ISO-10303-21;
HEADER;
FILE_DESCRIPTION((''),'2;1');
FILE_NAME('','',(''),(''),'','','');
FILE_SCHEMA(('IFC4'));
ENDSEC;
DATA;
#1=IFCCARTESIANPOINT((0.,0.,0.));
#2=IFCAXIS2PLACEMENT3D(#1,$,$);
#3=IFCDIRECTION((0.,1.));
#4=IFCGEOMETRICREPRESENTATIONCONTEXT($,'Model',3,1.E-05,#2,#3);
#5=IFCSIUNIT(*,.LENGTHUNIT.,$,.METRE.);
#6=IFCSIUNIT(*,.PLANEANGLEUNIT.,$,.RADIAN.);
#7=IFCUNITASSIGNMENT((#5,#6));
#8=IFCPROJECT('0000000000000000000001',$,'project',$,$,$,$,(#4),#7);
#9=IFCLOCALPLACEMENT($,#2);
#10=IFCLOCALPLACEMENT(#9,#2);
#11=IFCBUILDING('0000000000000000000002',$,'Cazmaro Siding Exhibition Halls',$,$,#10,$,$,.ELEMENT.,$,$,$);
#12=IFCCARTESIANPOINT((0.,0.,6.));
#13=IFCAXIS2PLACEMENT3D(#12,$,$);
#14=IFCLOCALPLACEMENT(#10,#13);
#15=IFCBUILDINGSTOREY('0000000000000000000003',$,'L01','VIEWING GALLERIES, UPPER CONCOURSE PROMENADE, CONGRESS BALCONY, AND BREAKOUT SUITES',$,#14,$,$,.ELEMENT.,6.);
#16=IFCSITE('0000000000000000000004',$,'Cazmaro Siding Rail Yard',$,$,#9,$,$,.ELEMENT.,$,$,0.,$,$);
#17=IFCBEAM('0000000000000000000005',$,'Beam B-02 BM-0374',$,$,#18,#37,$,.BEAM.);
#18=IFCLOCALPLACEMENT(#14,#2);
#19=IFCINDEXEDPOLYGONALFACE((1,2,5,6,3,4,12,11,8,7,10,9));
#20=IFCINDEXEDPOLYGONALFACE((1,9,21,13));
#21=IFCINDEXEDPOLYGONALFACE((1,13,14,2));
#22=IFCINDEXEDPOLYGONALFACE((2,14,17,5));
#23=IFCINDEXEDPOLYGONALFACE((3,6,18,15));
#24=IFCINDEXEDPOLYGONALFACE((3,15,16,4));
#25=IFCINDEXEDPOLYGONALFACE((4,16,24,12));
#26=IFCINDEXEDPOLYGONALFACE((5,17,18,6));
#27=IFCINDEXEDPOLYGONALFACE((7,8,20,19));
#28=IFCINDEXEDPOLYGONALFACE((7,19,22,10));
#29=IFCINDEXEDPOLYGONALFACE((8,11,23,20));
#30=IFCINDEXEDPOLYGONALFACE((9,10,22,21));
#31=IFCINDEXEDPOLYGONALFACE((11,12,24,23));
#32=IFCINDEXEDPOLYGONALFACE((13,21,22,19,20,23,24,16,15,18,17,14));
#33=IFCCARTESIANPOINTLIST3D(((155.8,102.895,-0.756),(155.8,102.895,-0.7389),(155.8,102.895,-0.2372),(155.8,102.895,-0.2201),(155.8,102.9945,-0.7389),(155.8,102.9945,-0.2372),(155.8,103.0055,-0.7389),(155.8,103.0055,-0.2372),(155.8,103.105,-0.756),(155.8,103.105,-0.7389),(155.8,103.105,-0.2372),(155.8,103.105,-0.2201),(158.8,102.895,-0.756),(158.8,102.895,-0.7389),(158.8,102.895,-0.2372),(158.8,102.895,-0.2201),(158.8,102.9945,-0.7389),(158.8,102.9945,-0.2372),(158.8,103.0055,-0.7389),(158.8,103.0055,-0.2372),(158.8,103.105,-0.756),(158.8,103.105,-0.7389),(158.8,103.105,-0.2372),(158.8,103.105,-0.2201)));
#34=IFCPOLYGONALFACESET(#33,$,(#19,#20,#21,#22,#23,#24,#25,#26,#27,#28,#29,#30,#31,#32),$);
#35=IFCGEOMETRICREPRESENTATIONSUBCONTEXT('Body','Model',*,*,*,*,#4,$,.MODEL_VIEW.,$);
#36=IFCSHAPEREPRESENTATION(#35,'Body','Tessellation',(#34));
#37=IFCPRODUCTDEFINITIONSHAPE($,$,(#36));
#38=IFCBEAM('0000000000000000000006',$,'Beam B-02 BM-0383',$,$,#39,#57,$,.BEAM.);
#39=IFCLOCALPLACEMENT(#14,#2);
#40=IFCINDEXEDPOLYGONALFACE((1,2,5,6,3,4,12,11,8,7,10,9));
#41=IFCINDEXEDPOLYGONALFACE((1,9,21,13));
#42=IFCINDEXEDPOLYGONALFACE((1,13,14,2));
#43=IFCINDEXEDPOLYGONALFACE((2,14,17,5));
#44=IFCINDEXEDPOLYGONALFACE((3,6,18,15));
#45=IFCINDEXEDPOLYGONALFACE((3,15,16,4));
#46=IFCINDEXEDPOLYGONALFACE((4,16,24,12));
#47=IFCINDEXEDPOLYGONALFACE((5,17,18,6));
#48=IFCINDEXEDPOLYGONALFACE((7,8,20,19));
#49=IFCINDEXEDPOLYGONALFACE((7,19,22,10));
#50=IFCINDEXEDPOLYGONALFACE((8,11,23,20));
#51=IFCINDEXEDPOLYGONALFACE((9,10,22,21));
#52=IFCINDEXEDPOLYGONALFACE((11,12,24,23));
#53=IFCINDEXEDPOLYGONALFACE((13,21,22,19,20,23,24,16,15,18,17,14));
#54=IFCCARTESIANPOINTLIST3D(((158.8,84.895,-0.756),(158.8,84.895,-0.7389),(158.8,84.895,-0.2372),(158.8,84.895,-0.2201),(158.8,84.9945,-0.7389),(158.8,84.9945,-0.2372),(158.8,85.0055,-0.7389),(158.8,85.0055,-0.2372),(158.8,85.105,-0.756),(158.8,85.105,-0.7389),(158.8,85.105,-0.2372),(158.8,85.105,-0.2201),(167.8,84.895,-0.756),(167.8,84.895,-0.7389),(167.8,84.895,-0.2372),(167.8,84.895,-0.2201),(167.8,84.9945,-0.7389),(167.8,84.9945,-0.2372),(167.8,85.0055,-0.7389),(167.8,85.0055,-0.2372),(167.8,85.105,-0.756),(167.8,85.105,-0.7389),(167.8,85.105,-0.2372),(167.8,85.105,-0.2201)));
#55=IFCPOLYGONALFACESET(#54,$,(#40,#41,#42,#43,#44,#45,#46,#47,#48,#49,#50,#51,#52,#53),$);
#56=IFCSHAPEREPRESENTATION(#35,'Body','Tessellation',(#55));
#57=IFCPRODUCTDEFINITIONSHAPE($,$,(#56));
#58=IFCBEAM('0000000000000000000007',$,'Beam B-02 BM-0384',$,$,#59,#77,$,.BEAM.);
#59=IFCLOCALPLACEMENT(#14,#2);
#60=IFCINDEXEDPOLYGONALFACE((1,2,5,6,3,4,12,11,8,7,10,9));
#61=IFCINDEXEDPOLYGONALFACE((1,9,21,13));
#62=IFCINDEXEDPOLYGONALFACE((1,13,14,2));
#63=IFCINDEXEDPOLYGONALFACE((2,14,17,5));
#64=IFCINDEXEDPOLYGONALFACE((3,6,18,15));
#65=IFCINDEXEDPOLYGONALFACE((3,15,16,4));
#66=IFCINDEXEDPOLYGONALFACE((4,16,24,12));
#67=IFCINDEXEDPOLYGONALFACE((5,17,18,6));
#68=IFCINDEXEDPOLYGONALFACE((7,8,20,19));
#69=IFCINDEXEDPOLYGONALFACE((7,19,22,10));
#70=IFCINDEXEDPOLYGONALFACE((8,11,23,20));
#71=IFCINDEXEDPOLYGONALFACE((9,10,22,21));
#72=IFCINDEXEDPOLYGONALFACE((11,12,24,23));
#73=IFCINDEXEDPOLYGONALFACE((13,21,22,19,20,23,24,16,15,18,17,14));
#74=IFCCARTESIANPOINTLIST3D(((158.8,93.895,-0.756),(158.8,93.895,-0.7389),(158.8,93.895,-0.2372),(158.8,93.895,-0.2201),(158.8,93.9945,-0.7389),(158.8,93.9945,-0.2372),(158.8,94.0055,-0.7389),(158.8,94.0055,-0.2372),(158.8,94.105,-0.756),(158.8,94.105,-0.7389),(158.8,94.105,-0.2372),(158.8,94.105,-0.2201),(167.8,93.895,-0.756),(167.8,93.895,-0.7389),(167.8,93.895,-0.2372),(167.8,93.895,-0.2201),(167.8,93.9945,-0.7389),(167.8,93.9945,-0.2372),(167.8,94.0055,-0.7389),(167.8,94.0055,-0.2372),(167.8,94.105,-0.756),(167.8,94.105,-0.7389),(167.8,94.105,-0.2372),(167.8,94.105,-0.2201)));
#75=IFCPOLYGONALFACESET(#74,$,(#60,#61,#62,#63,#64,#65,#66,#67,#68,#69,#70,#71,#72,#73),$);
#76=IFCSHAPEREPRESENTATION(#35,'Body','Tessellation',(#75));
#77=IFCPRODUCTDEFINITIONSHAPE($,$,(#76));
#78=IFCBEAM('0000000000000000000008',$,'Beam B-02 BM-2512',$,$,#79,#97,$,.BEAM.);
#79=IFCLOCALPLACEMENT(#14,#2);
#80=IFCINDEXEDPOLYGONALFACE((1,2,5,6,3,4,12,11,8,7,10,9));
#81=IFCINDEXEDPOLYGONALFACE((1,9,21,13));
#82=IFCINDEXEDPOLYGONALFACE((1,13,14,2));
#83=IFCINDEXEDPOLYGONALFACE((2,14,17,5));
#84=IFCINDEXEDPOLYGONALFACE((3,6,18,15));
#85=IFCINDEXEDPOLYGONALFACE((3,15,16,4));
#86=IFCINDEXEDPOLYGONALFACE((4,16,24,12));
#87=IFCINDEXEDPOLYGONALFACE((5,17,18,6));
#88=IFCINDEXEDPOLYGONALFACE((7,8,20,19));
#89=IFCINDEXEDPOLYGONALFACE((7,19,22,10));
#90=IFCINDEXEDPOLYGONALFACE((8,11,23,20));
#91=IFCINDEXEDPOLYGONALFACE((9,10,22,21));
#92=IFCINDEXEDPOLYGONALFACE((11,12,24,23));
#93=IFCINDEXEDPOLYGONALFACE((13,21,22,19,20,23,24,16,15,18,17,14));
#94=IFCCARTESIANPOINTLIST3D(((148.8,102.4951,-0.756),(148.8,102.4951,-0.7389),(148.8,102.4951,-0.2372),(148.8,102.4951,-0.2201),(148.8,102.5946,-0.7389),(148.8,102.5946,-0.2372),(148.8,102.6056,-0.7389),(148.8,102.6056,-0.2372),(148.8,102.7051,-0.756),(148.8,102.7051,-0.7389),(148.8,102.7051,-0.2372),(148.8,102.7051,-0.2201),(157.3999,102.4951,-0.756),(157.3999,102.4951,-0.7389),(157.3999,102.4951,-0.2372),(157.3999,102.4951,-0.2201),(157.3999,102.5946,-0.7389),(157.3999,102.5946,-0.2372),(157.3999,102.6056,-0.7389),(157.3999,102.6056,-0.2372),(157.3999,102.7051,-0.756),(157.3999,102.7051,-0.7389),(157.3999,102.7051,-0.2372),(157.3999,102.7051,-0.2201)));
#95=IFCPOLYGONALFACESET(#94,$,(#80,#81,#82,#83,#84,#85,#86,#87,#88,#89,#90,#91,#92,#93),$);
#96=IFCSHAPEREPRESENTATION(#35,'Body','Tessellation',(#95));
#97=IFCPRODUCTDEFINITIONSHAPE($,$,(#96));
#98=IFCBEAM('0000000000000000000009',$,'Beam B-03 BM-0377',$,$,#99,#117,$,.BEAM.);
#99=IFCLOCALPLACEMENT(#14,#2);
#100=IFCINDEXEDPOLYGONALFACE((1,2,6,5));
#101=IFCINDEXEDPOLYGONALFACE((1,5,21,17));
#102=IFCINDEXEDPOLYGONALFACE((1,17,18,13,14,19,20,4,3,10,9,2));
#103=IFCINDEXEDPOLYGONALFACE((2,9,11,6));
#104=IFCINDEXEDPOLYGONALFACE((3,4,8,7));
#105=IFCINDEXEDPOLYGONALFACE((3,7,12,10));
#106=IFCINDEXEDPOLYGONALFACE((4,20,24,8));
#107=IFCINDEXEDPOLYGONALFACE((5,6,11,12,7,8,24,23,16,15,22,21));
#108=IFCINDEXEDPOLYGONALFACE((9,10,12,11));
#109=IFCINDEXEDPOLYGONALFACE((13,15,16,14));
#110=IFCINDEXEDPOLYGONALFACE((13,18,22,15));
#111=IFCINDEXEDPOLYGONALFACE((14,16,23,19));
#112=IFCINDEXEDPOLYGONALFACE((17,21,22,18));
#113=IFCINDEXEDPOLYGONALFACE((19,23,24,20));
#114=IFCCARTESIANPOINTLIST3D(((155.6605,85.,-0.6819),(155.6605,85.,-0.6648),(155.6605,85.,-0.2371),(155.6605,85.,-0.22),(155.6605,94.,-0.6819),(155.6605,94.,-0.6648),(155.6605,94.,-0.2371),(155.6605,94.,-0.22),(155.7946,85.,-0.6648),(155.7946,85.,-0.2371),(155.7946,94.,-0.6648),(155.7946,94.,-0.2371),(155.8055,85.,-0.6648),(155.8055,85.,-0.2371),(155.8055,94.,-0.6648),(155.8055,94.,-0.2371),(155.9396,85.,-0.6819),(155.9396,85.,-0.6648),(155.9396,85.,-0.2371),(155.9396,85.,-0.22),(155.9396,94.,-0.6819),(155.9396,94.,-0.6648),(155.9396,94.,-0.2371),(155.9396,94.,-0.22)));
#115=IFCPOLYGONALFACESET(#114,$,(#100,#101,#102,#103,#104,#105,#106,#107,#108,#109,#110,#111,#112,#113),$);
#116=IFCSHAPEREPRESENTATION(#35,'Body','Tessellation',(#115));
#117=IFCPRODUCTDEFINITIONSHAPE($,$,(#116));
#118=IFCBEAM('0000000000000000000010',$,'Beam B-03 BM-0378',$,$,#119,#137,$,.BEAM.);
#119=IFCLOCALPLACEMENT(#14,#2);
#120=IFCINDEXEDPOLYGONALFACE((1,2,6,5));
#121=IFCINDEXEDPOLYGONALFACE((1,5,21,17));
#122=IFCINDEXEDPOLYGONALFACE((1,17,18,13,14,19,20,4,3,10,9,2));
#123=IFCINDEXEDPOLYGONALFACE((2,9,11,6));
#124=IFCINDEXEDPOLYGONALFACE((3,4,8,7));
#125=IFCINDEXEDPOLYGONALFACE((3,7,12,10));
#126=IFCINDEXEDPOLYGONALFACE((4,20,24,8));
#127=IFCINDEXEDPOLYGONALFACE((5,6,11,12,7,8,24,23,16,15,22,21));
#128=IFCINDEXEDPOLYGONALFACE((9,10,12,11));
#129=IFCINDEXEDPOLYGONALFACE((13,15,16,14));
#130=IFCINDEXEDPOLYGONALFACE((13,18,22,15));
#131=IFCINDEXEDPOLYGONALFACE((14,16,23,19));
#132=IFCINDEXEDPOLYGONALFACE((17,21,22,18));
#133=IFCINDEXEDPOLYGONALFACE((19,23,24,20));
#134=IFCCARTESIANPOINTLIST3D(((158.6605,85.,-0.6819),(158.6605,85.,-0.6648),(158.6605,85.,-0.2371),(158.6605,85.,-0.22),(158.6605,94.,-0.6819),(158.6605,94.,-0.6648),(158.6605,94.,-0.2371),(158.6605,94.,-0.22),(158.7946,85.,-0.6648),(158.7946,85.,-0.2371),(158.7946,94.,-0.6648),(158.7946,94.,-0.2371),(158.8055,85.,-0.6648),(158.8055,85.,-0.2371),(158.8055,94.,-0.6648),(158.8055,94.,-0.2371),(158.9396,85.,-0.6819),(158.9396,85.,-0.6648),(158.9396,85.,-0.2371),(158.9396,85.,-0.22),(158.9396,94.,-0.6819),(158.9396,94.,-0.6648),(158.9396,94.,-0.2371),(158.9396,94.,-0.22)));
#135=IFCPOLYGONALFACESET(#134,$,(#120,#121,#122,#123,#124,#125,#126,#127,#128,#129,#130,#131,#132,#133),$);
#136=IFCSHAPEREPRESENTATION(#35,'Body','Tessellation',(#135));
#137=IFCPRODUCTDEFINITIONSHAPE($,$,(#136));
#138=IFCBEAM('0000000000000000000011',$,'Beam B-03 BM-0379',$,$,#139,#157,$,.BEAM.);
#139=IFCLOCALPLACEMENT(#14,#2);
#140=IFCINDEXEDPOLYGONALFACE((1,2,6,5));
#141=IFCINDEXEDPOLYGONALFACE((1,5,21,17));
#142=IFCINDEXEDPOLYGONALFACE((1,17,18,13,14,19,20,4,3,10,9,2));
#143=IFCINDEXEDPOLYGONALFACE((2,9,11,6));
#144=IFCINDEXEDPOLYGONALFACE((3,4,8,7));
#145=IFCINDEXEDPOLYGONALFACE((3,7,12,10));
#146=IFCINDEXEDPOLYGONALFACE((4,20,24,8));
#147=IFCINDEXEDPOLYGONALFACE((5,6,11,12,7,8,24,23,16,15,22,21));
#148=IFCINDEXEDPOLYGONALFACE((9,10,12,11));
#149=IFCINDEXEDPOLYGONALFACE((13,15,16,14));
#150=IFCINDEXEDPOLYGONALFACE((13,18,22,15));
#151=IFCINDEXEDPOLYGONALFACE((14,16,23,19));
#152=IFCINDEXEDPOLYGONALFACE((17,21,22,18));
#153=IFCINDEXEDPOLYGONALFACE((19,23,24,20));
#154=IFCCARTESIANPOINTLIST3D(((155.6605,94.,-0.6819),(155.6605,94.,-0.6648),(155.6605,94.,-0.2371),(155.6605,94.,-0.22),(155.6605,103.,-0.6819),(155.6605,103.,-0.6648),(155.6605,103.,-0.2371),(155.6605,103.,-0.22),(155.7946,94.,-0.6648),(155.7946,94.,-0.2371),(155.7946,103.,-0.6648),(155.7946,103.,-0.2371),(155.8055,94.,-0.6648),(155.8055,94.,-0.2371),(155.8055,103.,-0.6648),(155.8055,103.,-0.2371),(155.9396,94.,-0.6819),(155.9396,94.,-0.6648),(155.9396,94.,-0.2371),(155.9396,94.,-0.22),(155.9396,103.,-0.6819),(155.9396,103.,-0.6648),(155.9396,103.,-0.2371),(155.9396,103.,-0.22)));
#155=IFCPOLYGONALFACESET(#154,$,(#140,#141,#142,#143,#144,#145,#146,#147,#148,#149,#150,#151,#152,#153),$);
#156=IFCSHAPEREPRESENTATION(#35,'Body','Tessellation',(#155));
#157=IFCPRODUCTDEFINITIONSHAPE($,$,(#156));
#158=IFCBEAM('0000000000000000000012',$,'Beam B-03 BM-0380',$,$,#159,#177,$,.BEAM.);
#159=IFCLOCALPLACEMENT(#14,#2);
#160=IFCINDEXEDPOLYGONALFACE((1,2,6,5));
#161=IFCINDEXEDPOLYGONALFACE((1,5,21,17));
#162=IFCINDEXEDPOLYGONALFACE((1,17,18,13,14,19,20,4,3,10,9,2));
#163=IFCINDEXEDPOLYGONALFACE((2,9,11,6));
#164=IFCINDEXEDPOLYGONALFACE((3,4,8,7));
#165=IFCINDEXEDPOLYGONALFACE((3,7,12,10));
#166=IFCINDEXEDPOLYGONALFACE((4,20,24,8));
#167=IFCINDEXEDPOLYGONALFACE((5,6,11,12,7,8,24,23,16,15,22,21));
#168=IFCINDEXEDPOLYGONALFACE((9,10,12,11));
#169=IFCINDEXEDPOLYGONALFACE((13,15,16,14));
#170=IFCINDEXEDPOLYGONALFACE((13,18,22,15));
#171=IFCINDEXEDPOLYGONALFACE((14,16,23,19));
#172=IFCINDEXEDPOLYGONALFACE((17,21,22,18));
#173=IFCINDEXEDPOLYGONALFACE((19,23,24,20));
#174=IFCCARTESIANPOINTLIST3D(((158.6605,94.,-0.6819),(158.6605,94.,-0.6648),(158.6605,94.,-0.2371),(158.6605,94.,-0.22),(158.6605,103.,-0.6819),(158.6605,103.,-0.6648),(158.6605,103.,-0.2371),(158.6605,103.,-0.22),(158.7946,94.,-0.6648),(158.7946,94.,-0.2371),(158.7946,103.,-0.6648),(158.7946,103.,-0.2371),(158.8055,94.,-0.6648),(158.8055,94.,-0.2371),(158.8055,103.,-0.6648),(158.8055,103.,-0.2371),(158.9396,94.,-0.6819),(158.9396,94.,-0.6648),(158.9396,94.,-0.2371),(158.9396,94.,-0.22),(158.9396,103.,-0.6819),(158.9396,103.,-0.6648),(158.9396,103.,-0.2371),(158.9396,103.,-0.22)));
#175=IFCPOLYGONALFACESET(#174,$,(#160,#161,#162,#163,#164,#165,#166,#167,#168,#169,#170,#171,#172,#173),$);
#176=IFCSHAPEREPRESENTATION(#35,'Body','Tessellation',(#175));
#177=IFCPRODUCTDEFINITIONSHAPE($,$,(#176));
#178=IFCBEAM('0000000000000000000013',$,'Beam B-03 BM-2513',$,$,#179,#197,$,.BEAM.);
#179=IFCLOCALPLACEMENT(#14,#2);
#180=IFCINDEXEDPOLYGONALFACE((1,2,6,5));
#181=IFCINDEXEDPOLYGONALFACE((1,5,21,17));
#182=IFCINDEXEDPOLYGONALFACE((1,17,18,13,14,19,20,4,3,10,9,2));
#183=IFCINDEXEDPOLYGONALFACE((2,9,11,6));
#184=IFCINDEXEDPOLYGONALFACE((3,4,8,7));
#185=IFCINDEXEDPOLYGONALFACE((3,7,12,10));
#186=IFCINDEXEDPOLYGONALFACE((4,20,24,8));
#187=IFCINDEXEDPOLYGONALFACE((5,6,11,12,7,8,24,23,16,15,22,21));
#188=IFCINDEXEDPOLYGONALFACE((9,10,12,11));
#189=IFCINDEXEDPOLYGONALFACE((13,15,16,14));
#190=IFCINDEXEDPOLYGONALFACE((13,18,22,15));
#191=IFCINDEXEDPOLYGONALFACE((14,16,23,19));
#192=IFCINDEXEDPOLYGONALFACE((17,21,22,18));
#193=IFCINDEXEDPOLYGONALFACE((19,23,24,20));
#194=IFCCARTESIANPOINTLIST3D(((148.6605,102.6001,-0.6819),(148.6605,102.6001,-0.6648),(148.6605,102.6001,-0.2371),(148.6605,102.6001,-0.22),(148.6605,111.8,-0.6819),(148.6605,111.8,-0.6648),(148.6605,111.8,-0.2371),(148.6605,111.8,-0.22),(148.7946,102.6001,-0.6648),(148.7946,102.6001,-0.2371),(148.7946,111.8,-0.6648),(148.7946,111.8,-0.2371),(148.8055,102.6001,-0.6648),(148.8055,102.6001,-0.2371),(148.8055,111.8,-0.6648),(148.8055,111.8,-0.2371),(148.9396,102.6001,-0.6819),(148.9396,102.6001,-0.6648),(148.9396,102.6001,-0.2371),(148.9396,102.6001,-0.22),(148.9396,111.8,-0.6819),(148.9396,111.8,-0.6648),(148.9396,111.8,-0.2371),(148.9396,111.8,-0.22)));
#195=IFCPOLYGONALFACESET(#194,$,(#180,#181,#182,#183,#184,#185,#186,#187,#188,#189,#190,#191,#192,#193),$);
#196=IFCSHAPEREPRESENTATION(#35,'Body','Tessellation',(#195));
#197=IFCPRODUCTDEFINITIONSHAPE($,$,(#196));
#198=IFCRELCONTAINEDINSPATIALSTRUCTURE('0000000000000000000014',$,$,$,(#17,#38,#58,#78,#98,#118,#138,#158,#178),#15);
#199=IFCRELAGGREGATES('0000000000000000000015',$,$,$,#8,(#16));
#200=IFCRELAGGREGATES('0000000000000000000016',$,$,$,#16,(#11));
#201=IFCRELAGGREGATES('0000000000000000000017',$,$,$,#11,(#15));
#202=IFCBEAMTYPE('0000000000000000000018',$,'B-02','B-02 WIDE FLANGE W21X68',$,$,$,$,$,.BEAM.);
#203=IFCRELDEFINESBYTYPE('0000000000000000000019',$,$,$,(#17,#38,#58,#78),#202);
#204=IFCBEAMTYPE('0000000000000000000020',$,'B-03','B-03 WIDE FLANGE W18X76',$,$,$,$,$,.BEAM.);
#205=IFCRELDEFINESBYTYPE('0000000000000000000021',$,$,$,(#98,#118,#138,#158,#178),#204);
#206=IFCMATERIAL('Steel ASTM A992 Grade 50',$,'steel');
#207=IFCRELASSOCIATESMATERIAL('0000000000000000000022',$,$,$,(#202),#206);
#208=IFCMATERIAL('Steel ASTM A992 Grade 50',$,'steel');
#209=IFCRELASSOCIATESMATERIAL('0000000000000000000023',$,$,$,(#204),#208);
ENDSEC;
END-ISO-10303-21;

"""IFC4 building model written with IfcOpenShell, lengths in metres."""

from ifc_helpers import new_model, si_unit, direction, frame, origin, origin_2d, place, context, subcontext, project, spatial, i_section, extrude, material, material_profile, profile_set, type_object, element, save


model = new_model("IFC4")

# Units and contexts
model_context = context("Model", 3, precision=1e-05, world=origin(), true_north=direction((0.0, 1.0)))
body_context = subcontext(model_context, "Body", "Model", "MODEL_VIEW")
ifc_project = project(units=[si_unit("LENGTHUNIT", "METRE"), si_unit("PLANEANGLEUNIT", "RADIAN")], contexts=[model_context])

# Site, building, storey
site_placement = place(None, origin())
site = spatial("IfcSite", under=ifc_project, at=site_placement, Name="Cazmaro Siding Rail Yard", CompositionType="ELEMENT", RefElevation=0.0)
building_placement = place(site_placement, origin())
building = spatial("IfcBuilding", under=site, at=building_placement, Name="Cazmaro Siding Exhibition Halls", CompositionType="ELEMENT")
storey_placement = place(building_placement, frame((0.0, 0.0, 6.0)))
storey = spatial("IfcBuildingStorey", under=building, at=storey_placement, Name="L01", Description="VIEWING GALLERIES, UPPER CONCOURSE PROMENADE, CONGRESS BALCONY, AND BREAKOUT SUITES", CompositionType="ELEMENT", Elevation=6.0)

# Beams
ifc_material_1 = material(Name="Steel ASTM A992 Grade 50", Category="steel")
ifc_material_profile_1 = material_profile(ifc_material_1, i_section(OverallWidth=0.21, OverallDepth=0.5359, WebThickness=0.011, FlangeThickness=0.0171, at=origin_2d()), Name="W21X68")
ifc_profile_set_1 = profile_set([ifc_material_profile_1], Name="Steel ASTM A992 Grade 50")
beam_type_1 = type_object("IfcBeamType", Name="B-02", Description="B-02 WIDE FLANGE W21X68", PredefinedType="BEAM", material=ifc_profile_set_1)
for number, where, z_axis, x_axis, name in (
    (1, (155.8, 103.0, -0.488), (1.0, 0.0, 0.0), (0.0, 1.0, 0.0), "Beam B-02 BM-0374"),
):
    element("IfcBeam", number, at=place(storey_placement, frame(where, z_axis=z_axis, x_axis=x_axis)), inside=storey, type_object=beam_type_1, Name=name, PredefinedType="BEAM", context=body_context, shape_type="SweptSolid", body=[
        extrude(i_section(OverallWidth=0.21, OverallDepth=0.5359, WebThickness=0.011, FlangeThickness=0.0171, at=origin_2d()), origin(), (0.0, 0.0, 1.0), 3.0),
    ])
for number, where, z_axis, x_axis, name in (
    (2, (158.8, 85.0, -0.488), (1.0, 0.0, 0.0), (0.0, 1.0, 0.0), "Beam B-02 BM-0383"),
    (3, (158.8, 94.0, -0.488), (1.0, 0.0, 0.0), (0.0, 1.0, 0.0), "Beam B-02 BM-0384"),
):
    element("IfcBeam", number, at=place(storey_placement, frame(where, z_axis=z_axis, x_axis=x_axis)), inside=storey, type_object=beam_type_1, Name=name, PredefinedType="BEAM", context=body_context, shape_type="SweptSolid", body=[
        extrude(i_section(OverallWidth=0.21, OverallDepth=0.5359, WebThickness=0.011, FlangeThickness=0.0171, at=origin_2d()), origin(), (0.0, 0.0, 1.0), 9.0),
    ])
beam_placement = place(storey_placement, frame((148.8, 102.6001, -0.488), z_axis=(1.0, 0.0, 0.0), x_axis=(0.0, 1.0, 0.0)))
element("IfcBeam", 4, at=beam_placement, inside=storey, type_object=beam_type_1, Name="Beam B-02 BM-2512", PredefinedType="BEAM", context=body_context, shape_type="SweptSolid", body=[
    extrude(i_section(OverallWidth=0.21, OverallDepth=0.5359, WebThickness=0.011, FlangeThickness=0.0171, at=origin_2d()), origin(), (0.0, 0.0, 1.0), 8.5999),
])
ifc_material_2 = material(Name="Steel ASTM A992 Grade 50", Category="steel")
ifc_material_profile_2 = material_profile(ifc_material_2, i_section(OverallWidth=0.2791, OverallDepth=0.4619, WebThickness=0.011, FlangeThickness=0.0171, at=origin_2d()), Name="W18X76")
ifc_profile_set_2 = profile_set([ifc_material_profile_2], Name="Steel ASTM A992 Grade 50")
beam_type_2 = type_object("IfcBeamType", Name="B-03", Description="B-03 WIDE FLANGE W18X76", PredefinedType="BEAM", material=ifc_profile_set_2)
for number, where, z_axis, x_axis, name in (
    (5, (155.8, 85.0, -0.4509), (0.0, 1.0, 0.0), (-1.0, 0.0, 0.0), "Beam B-03 BM-0377"),
    (6, (158.8, 85.0, -0.4509), (0.0, 1.0, 0.0), (-1.0, 0.0, 0.0), "Beam B-03 BM-0378"),
    (7, (155.8, 94.0, -0.4509), (0.0, 1.0, 0.0), (-1.0, 0.0, 0.0), "Beam B-03 BM-0379"),
    (8, (158.8, 94.0, -0.4509), (0.0, 1.0, 0.0), (-1.0, 0.0, 0.0), "Beam B-03 BM-0380"),
):
    element("IfcBeam", number, at=place(storey_placement, frame(where, z_axis=z_axis, x_axis=x_axis)), inside=storey, type_object=beam_type_2, Name=name, PredefinedType="BEAM", context=body_context, shape_type="SweptSolid", body=[
        extrude(i_section(OverallWidth=0.2791, OverallDepth=0.4619, WebThickness=0.011, FlangeThickness=0.0171, at=origin_2d()), origin(), (0.0, 0.0, 1.0), 9.0),
    ])
for number, where, z_axis, x_axis, name in (
    (9, (148.8, 102.6001, -0.4509), (0.0, 1.0, 0.0), (-1.0, 0.0, 0.0), "Beam B-03 BM-2513"),
):
    element("IfcBeam", number, at=place(storey_placement, frame(where, z_axis=z_axis, x_axis=x_axis)), inside=storey, type_object=beam_type_2, Name=name, PredefinedType="BEAM", context=body_context, shape_type="SweptSolid", body=[
        extrude(i_section(OverallWidth=0.2791, OverallDepth=0.4619, WebThickness=0.011, FlangeThickness=0.0171, at=origin_2d()), origin(), (0.0, 0.0, 1.0), 9.2),
    ])

save(model, "model.ifc")
